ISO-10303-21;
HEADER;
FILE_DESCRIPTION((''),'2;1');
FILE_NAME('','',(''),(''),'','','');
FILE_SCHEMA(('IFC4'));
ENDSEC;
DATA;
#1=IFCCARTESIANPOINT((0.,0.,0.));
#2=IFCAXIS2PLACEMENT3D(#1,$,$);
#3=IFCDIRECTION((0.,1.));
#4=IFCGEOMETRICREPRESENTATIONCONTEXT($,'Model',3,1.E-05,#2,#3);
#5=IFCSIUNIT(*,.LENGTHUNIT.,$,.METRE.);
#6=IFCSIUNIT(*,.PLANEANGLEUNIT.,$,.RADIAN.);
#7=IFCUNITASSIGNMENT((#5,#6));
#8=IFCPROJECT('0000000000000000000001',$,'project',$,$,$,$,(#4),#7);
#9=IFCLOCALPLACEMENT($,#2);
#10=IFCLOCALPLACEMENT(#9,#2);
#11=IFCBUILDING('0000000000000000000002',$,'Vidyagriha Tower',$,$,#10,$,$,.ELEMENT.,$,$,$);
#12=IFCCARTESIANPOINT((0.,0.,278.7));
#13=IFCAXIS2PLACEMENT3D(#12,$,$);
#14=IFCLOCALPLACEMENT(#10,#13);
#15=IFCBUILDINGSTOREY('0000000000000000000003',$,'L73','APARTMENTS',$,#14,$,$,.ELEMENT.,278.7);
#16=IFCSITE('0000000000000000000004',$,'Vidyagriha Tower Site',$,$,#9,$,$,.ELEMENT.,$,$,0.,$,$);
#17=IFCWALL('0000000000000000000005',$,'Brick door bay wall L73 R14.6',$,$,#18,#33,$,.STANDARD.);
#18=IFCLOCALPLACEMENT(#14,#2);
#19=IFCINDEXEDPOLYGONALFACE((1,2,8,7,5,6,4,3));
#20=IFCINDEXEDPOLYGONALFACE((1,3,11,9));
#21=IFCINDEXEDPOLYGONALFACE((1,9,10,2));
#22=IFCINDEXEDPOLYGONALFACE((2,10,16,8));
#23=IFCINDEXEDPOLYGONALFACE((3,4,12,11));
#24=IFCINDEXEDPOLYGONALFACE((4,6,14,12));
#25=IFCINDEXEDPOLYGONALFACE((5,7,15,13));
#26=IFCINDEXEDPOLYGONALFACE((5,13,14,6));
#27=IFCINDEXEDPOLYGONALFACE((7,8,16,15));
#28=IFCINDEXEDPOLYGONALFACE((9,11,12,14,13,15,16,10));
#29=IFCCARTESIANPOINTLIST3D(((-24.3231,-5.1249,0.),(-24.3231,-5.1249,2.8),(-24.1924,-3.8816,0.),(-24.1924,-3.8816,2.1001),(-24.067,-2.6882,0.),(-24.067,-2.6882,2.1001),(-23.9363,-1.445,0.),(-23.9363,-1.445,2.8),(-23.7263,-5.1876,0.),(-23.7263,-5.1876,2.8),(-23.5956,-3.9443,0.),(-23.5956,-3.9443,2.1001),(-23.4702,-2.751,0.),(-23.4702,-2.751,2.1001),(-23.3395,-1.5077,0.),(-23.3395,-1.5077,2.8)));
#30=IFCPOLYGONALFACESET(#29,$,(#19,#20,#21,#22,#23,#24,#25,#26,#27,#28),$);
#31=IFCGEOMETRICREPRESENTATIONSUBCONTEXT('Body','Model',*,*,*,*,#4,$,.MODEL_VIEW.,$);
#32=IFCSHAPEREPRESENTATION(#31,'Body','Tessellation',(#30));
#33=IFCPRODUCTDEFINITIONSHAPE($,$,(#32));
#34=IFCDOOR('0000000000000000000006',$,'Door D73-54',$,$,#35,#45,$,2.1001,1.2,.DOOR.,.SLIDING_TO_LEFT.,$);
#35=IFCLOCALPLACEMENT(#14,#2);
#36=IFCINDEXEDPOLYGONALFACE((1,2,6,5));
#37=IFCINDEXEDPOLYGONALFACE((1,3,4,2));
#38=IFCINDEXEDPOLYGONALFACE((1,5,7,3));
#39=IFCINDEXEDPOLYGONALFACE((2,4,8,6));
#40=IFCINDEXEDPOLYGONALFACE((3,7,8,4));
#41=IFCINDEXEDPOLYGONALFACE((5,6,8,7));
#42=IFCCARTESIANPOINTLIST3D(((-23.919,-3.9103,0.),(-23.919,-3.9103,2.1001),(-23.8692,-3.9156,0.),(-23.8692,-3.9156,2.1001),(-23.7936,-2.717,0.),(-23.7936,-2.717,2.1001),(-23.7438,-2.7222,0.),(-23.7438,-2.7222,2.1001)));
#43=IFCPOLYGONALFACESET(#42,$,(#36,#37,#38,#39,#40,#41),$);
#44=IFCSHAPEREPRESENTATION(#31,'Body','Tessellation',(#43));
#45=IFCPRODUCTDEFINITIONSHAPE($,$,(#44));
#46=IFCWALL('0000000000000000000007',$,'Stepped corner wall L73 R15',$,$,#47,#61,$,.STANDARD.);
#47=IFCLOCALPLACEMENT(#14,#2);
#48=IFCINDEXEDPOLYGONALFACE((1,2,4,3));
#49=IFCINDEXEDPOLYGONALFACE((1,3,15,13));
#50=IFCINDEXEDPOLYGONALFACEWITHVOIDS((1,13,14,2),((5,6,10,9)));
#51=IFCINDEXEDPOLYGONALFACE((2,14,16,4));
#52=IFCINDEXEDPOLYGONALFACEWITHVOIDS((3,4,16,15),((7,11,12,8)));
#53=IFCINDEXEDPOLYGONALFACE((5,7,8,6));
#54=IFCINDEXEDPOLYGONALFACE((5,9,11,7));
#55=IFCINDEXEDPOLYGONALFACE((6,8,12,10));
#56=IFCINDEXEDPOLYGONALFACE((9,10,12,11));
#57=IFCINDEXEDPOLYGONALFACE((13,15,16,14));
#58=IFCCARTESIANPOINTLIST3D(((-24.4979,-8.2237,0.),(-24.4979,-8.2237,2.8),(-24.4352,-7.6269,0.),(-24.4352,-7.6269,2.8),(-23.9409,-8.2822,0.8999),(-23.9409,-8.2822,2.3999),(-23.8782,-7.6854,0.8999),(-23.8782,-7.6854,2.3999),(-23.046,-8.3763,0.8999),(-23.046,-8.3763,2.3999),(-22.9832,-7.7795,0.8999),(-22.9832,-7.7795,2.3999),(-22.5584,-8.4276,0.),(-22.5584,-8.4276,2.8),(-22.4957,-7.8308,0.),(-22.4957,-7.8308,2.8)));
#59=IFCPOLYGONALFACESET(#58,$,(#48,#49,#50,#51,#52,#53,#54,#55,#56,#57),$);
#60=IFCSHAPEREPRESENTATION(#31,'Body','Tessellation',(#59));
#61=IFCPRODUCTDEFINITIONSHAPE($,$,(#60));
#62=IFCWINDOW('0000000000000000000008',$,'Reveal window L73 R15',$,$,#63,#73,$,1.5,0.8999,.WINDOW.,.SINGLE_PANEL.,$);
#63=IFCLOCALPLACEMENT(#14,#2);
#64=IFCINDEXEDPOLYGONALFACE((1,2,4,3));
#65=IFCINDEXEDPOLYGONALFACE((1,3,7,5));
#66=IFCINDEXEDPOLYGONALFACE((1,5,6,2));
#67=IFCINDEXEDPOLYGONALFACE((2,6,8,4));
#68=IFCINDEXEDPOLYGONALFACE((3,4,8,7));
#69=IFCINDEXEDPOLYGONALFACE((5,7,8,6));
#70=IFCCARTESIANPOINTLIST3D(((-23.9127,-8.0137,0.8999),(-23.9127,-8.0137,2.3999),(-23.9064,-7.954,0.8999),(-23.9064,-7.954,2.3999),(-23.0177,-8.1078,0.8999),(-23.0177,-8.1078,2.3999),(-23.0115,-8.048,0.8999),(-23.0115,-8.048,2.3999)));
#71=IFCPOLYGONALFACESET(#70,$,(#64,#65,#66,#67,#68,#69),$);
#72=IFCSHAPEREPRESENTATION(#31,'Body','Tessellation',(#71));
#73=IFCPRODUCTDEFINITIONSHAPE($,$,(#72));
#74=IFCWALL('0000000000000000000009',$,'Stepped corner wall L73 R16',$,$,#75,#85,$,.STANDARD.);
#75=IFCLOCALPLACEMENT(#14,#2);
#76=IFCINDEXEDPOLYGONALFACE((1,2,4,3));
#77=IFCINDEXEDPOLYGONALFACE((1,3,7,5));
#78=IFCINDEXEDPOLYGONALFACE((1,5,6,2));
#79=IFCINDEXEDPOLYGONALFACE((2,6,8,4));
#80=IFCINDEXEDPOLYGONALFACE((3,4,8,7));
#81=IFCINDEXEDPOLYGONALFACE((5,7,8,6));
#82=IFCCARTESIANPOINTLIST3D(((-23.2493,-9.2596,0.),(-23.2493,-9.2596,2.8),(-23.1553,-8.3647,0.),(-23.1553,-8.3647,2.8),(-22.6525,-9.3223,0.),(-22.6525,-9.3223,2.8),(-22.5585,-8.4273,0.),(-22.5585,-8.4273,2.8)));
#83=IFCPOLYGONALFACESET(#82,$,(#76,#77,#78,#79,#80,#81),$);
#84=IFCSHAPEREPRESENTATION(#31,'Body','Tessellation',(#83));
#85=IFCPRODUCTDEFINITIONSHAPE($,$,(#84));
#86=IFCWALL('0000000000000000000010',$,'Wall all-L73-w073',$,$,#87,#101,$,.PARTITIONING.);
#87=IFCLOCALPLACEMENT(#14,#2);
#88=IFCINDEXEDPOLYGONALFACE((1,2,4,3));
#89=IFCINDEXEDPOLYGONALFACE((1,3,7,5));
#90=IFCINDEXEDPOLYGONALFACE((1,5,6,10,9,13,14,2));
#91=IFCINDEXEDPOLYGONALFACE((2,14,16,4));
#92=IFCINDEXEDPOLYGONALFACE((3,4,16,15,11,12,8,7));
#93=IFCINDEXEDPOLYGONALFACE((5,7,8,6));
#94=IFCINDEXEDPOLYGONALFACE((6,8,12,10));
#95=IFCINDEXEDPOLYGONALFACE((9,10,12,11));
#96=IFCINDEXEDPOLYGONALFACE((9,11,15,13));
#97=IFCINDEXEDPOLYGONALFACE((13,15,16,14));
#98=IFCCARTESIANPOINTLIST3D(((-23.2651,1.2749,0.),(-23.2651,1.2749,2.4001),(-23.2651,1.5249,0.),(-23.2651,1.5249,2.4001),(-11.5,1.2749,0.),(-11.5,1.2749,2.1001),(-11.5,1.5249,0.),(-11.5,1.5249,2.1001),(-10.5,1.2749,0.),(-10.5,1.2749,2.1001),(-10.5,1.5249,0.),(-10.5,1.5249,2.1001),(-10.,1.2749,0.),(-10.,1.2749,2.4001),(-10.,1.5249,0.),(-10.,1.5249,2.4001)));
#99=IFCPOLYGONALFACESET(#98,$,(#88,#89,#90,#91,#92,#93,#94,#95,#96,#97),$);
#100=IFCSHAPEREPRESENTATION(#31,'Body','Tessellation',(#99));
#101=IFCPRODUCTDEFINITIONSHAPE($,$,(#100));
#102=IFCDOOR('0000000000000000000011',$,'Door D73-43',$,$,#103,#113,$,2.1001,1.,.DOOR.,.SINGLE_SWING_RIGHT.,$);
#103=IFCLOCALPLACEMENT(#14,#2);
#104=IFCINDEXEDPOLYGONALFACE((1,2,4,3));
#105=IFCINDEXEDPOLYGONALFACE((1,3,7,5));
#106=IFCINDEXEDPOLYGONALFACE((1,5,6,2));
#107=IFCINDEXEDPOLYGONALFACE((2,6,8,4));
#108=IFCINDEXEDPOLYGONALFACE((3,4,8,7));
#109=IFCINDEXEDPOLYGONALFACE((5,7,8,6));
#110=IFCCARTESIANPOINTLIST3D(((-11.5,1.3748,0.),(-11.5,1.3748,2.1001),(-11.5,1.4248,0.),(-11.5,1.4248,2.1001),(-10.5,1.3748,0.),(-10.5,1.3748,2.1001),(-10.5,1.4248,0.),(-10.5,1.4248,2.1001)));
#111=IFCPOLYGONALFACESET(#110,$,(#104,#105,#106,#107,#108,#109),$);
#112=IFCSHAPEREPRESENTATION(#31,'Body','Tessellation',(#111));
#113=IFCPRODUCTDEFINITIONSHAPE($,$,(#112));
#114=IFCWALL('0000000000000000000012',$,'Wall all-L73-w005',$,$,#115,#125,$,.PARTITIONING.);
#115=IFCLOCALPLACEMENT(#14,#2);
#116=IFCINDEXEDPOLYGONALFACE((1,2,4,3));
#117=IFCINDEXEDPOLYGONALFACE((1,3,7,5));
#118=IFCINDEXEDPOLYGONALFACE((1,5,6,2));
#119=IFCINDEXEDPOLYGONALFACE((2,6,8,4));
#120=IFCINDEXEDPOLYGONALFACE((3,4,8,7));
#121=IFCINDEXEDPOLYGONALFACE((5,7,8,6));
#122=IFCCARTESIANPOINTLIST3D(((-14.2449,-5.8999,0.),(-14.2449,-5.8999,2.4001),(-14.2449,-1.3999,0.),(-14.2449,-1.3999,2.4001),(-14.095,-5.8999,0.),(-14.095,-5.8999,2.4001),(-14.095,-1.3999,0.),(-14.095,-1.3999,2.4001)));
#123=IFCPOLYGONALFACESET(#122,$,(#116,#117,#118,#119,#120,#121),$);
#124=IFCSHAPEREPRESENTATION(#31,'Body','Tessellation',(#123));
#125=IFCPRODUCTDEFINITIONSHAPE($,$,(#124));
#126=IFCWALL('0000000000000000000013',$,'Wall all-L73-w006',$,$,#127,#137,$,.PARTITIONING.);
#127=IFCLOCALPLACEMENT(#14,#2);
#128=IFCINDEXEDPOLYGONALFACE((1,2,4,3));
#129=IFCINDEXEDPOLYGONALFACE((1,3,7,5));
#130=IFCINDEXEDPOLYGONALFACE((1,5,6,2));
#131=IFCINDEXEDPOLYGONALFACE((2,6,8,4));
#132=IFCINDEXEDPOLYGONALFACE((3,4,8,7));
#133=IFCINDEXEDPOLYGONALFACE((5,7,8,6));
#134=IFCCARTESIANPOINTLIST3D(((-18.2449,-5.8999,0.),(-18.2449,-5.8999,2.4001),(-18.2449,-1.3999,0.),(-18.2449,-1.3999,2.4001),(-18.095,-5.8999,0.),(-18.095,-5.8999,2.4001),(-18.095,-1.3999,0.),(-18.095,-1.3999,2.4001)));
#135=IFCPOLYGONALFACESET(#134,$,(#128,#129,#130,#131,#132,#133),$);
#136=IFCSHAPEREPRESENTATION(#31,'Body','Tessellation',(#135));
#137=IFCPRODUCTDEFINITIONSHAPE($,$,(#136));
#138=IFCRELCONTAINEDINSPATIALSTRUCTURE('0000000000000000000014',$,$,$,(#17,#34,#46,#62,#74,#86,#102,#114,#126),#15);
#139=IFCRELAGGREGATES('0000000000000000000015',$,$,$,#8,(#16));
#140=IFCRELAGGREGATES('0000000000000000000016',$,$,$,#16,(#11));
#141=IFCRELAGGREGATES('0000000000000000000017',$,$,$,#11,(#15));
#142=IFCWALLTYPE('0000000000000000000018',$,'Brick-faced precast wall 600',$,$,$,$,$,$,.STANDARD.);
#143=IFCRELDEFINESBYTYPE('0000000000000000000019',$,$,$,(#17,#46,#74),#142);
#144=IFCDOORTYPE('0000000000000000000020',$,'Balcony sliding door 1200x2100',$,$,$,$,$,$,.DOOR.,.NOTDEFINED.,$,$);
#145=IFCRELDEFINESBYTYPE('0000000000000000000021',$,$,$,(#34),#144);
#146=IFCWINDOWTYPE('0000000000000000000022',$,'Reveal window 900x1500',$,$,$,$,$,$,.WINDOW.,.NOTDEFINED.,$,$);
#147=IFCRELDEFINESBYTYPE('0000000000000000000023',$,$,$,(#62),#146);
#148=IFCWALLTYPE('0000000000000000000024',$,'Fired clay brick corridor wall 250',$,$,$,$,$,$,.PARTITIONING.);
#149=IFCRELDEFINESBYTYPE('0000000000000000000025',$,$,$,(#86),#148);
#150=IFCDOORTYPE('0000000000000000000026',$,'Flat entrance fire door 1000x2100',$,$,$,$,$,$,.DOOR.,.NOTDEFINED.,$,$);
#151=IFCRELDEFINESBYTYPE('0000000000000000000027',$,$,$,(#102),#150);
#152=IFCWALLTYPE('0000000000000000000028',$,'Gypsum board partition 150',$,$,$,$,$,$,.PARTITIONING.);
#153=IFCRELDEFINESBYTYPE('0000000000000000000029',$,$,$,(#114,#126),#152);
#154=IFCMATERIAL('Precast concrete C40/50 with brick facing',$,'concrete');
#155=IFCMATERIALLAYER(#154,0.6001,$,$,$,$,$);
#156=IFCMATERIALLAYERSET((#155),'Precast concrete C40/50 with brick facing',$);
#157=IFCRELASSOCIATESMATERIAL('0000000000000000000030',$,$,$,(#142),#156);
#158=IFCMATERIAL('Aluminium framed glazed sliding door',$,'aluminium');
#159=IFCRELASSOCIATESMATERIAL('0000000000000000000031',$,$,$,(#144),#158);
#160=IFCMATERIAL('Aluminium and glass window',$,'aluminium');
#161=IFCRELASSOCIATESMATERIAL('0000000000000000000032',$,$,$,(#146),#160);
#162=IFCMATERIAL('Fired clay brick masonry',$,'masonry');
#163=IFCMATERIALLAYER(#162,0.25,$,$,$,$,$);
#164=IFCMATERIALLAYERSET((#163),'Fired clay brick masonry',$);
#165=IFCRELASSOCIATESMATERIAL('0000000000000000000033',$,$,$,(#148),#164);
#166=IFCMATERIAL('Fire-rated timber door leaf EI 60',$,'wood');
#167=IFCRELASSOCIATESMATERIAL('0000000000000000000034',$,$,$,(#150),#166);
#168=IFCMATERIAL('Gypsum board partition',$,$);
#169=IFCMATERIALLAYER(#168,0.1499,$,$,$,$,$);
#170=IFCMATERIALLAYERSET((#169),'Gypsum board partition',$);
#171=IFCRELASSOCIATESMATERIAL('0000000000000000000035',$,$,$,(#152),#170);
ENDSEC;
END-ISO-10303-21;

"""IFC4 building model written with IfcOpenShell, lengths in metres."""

from ifc_helpers import new_model, si_unit, direction, frame, frame_2d, origin, place, context, subcontext, project, spatial, rectangle, extrude, material, layer, layer_set, type_object, element, fill, save


model = new_model("IFC4")

# Units and contexts
model_context = context("Model", 3, precision=1e-05, world=origin(), true_north=direction((0.0, 1.0)))
body_context = subcontext(model_context, "Body", "Model", "MODEL_VIEW")
ifc_project = project(units=[si_unit("LENGTHUNIT", "METRE"), si_unit("PLANEANGLEUNIT", "RADIAN")], contexts=[model_context])

# Site, building, storey
site_placement = place(None, origin())
site = spatial("IfcSite", under=ifc_project, at=site_placement, Name="Vidyagriha Tower Site", CompositionType="ELEMENT", RefElevation=0.0)
building_placement = place(site_placement, origin())
building = spatial("IfcBuilding", under=site, at=building_placement, Name="Vidyagriha Tower", CompositionType="ELEMENT")
storey_placement = place(building_placement, frame((0.0, 0.0, 278.7)))
storey = spatial("IfcBuildingStorey", under=building, at=storey_placement, Name="L73", Description="APARTMENTS", CompositionType="ELEMENT", Elevation=278.7)

# Wall, opening, door
ifc_material_1 = material(Name="Precast concrete C40/50 with brick facing", Category="concrete")
ifc_layer_1 = layer(ifc_material_1, 0.6001)
ifc_layer_set_1 = layer_set([ifc_layer_1], Name="Precast concrete C40/50 with brick facing")
wall_type_1 = type_object("IfcWallType", Name="Brick-faced precast wall 600", PredefinedType="STANDARD", material=ifc_layer_set_1)
wall_1_placement = place(storey_placement, frame((-23.6379, -1.4763, 0.0), z_axis=(0.0, 0.0, 1.0), x_axis=(-0.104513, -0.994524, 0.0)))
wall_1 = element("IfcWall", 1, at=wall_1_placement, inside=storey, type_object=wall_type_1, Name="Brick door bay wall L73 R14.6", PredefinedType="STANDARD", context=body_context, shape_type="SweptSolid", body=[
    extrude(rectangle(XDim=3.7002, YDim=0.6001, at=frame_2d((1.8501, 0.0))), origin(), (0.0, 0.0, 1.0), 2.8),
])
opening_1_placement = place(wall_1_placement, frame((1.25, 0.0, 0.0)))
opening_1 = element("IfcOpeningElement", 2, at=opening_1_placement, cuts=wall_1, PredefinedType="OPENING", context=body_context, shape_type="SweptSolid", body=[
    extrude(rectangle(XDim=1.2, YDim=2.1001, at=frame_2d((0.6001, 1.05))), frame((0.0, 0.3101, 0.0), z_axis=(0.0, -1.0, 0.0), x_axis=(1.0, 0.0, 0.0)), (0.0, 0.0, 1.0), 0.6201),
])
ifc_material_2 = material(Name="Aluminium framed glazed sliding door", Category="aluminium")
door_type_1 = type_object("IfcDoorType", Name="Balcony sliding door 1200x2100", OperationType="NOTDEFINED", PredefinedType="DOOR", material=ifc_material_2)
door_1_placement = place(opening_1_placement, origin())
door_1 = element("IfcDoor", 3, at=door_1_placement, inside=storey, type_object=door_type_1, Name="Door D73-54", OperationType="SLIDING_TO_LEFT", OverallHeight=2.1001, OverallWidth=1.2, PredefinedType="DOOR", context=body_context, shape_type="SweptSolid", body=[
    extrude(rectangle(XDim=1.2, YDim=2.1001, at=frame_2d((0.6001, 1.05))), frame((0.0, 0.0249, 0.0), z_axis=(0.0, -1.0, 0.0), x_axis=(1.0, 0.0, 0.0)), (0.0, 0.0, 1.0), 0.05),
])
fill(opening_1, door_1)

# Wall, opening, window
wall_2_placement = place(storey_placement, frame((-24.4666, -7.9253, 0.0), z_axis=(0.0, 0.0, 1.0), x_axis=(0.994521, -0.104535, 0.0)))
wall_2 = element("IfcWall", 4, at=wall_2_placement, inside=storey, type_object=wall_type_1, Name="Stepped corner wall L73 R15", PredefinedType="STANDARD", context=body_context, shape_type="SweptSolid", body=[
    extrude(rectangle(XDim=1.9502, YDim=0.6001, at=frame_2d((0.9751, 0.0))), origin(), (0.0, 0.0, 1.0), 2.8),
])
opening_2_placement = place(wall_2_placement, frame((0.5601, 0.0, 0.8999)))
opening_2 = element("IfcOpeningElement", 5, at=opening_2_placement, cuts=wall_2, PredefinedType="OPENING", context=body_context, shape_type="SweptSolid", body=[
    extrude(rectangle(XDim=0.8999, YDim=1.5, at=frame_2d((0.45, 0.75))), frame((0.0, 0.3101, 0.0), z_axis=(0.0, -1.0, 0.0), x_axis=(1.0, 0.0, 0.0)), (0.0, 0.0, 1.0), 0.6201),
])
ifc_material_3 = material(Name="Aluminium and glass window", Category="aluminium")
window_type = type_object("IfcWindowType", Name="Reveal window 900x1500", PartitioningType="NOTDEFINED", PredefinedType="WINDOW", material=ifc_material_3)
window_placement = place(opening_2_placement, origin())
window = element("IfcWindow", 6, at=window_placement, inside=storey, type_object=window_type, Name="Reveal window L73 R15", OverallHeight=1.5, OverallWidth=0.8999, PartitioningType="SINGLE_PANEL", PredefinedType="WINDOW", context=body_context, shape_type="SweptSolid", body=[
    extrude(rectangle(XDim=0.8999, YDim=1.5, at=frame_2d((0.45, 0.75))), frame((0.0, 0.03, 0.0), z_axis=(0.0, -1.0, 0.0), x_axis=(1.0, 0.0, 0.0)), (0.0, 0.0, 1.0), 0.0601),
])
fill(opening_2, window)

# Wall
wall_3_placement = place(storey_placement, frame((-22.8569, -8.396, 0.0), z_axis=(0.0, 0.0, 1.0), x_axis=(-0.104445, -0.994531, 0.0)))
element("IfcWall", 7, at=wall_3_placement, inside=storey, type_object=wall_type_1, Name="Stepped corner wall L73 R16", PredefinedType="STANDARD", context=body_context, shape_type="SweptSolid", body=[
    extrude(rectangle(XDim=0.8999, YDim=0.6001, at=frame_2d((0.45, 0.0))), origin(), (0.0, 0.0, 1.0), 2.8),
])

# Wall, opening, door
ifc_material_4 = material(Name="Fired clay brick masonry", Category="masonry")
ifc_layer_2 = layer(ifc_material_4, 0.25)
ifc_layer_set_2 = layer_set([ifc_layer_2], Name="Fired clay brick masonry")
wall_type_2 = type_object("IfcWallType", Name="Fired clay brick corridor wall 250", PredefinedType="PARTITIONING", material=ifc_layer_set_2)
wall_4_placement = place(storey_placement, frame((-23.2651, 1.3999, 0.0)))
wall_4 = element("IfcWall", 8, at=wall_4_placement, inside=storey, type_object=wall_type_2, Name="Wall all-L73-w073", PredefinedType="PARTITIONING", context=body_context, shape_type="SweptSolid", body=[
    extrude(rectangle(XDim=13.2651, YDim=0.25, at=frame_2d((6.6326, 0.0))), origin(), (0.0, 0.0, 1.0), 2.4001),
])
opening_3_placement = place(wall_4_placement, frame((11.7651, 0.0, 0.0)))
opening_3 = element("IfcOpeningElement", 9, at=opening_3_placement, cuts=wall_4, PredefinedType="OPENING", context=body_context, shape_type="SweptSolid", body=[
    extrude(rectangle(XDim=1.0, YDim=2.1001, at=frame_2d((0.5, 1.05))), frame((0.0, 0.135, 0.0), z_axis=(0.0, -1.0, 0.0), x_axis=(1.0, 0.0, 0.0)), (0.0, 0.0, 1.0), 0.27),
])
ifc_material_5 = material(Name="Fire-rated timber door leaf EI 60", Category="wood")
door_type_2 = type_object("IfcDoorType", Name="Flat entrance fire door 1000x2100", OperationType="NOTDEFINED", PredefinedType="DOOR", material=ifc_material_5)
door_2_placement = place(opening_3_placement, origin())
door_2 = element("IfcDoor", 10, at=door_2_placement, inside=storey, type_object=door_type_2, Name="Door D73-43", OperationType="SINGLE_SWING_RIGHT", OverallHeight=2.1001, OverallWidth=1.0, PredefinedType="DOOR", context=body_context, shape_type="SweptSolid", body=[
    extrude(rectangle(XDim=1.0, YDim=2.1001, at=frame_2d((0.5, 1.05))), frame((0.0, 0.0249, 0.0), z_axis=(0.0, -1.0, 0.0), x_axis=(1.0, 0.0, 0.0)), (0.0, 0.0, 1.0), 0.05),
])
fill(opening_3, door_2)

# Walls
ifc_material_6 = material(Name="Gypsum board partition")
ifc_layer_3 = layer(ifc_material_6, 0.1499)
ifc_layer_set_3 = layer_set([ifc_layer_3], Name="Gypsum board partition")
wall_type_3 = type_object("IfcWallType", Name="Gypsum board partition 150", PredefinedType="PARTITIONING", material=ifc_layer_set_3)
for number, where, z_axis, x_axis, name in (
    (11, (-14.1699, -5.8999, 0.0), (0.0, 0.0, 1.0), (0.0, 1.0, 0.0), "Wall all-L73-w005"),
    (12, (-18.1699, -5.8999, 0.0), (0.0, 0.0, 1.0), (0.0, 1.0, 0.0), "Wall all-L73-w006"),
):
    element("IfcWall", number, at=place(storey_placement, frame(where, z_axis=z_axis, x_axis=x_axis)), inside=storey, type_object=wall_type_3, Name=name, PredefinedType="PARTITIONING", context=body_context, shape_type="SweptSolid", body=[
        extrude(rectangle(XDim=4.5, YDim=0.1499, at=frame_2d((2.25, 0.0))), origin(), (0.0, 0.0, 1.0), 2.4001),
    ])

save(model, "model.ifc")
